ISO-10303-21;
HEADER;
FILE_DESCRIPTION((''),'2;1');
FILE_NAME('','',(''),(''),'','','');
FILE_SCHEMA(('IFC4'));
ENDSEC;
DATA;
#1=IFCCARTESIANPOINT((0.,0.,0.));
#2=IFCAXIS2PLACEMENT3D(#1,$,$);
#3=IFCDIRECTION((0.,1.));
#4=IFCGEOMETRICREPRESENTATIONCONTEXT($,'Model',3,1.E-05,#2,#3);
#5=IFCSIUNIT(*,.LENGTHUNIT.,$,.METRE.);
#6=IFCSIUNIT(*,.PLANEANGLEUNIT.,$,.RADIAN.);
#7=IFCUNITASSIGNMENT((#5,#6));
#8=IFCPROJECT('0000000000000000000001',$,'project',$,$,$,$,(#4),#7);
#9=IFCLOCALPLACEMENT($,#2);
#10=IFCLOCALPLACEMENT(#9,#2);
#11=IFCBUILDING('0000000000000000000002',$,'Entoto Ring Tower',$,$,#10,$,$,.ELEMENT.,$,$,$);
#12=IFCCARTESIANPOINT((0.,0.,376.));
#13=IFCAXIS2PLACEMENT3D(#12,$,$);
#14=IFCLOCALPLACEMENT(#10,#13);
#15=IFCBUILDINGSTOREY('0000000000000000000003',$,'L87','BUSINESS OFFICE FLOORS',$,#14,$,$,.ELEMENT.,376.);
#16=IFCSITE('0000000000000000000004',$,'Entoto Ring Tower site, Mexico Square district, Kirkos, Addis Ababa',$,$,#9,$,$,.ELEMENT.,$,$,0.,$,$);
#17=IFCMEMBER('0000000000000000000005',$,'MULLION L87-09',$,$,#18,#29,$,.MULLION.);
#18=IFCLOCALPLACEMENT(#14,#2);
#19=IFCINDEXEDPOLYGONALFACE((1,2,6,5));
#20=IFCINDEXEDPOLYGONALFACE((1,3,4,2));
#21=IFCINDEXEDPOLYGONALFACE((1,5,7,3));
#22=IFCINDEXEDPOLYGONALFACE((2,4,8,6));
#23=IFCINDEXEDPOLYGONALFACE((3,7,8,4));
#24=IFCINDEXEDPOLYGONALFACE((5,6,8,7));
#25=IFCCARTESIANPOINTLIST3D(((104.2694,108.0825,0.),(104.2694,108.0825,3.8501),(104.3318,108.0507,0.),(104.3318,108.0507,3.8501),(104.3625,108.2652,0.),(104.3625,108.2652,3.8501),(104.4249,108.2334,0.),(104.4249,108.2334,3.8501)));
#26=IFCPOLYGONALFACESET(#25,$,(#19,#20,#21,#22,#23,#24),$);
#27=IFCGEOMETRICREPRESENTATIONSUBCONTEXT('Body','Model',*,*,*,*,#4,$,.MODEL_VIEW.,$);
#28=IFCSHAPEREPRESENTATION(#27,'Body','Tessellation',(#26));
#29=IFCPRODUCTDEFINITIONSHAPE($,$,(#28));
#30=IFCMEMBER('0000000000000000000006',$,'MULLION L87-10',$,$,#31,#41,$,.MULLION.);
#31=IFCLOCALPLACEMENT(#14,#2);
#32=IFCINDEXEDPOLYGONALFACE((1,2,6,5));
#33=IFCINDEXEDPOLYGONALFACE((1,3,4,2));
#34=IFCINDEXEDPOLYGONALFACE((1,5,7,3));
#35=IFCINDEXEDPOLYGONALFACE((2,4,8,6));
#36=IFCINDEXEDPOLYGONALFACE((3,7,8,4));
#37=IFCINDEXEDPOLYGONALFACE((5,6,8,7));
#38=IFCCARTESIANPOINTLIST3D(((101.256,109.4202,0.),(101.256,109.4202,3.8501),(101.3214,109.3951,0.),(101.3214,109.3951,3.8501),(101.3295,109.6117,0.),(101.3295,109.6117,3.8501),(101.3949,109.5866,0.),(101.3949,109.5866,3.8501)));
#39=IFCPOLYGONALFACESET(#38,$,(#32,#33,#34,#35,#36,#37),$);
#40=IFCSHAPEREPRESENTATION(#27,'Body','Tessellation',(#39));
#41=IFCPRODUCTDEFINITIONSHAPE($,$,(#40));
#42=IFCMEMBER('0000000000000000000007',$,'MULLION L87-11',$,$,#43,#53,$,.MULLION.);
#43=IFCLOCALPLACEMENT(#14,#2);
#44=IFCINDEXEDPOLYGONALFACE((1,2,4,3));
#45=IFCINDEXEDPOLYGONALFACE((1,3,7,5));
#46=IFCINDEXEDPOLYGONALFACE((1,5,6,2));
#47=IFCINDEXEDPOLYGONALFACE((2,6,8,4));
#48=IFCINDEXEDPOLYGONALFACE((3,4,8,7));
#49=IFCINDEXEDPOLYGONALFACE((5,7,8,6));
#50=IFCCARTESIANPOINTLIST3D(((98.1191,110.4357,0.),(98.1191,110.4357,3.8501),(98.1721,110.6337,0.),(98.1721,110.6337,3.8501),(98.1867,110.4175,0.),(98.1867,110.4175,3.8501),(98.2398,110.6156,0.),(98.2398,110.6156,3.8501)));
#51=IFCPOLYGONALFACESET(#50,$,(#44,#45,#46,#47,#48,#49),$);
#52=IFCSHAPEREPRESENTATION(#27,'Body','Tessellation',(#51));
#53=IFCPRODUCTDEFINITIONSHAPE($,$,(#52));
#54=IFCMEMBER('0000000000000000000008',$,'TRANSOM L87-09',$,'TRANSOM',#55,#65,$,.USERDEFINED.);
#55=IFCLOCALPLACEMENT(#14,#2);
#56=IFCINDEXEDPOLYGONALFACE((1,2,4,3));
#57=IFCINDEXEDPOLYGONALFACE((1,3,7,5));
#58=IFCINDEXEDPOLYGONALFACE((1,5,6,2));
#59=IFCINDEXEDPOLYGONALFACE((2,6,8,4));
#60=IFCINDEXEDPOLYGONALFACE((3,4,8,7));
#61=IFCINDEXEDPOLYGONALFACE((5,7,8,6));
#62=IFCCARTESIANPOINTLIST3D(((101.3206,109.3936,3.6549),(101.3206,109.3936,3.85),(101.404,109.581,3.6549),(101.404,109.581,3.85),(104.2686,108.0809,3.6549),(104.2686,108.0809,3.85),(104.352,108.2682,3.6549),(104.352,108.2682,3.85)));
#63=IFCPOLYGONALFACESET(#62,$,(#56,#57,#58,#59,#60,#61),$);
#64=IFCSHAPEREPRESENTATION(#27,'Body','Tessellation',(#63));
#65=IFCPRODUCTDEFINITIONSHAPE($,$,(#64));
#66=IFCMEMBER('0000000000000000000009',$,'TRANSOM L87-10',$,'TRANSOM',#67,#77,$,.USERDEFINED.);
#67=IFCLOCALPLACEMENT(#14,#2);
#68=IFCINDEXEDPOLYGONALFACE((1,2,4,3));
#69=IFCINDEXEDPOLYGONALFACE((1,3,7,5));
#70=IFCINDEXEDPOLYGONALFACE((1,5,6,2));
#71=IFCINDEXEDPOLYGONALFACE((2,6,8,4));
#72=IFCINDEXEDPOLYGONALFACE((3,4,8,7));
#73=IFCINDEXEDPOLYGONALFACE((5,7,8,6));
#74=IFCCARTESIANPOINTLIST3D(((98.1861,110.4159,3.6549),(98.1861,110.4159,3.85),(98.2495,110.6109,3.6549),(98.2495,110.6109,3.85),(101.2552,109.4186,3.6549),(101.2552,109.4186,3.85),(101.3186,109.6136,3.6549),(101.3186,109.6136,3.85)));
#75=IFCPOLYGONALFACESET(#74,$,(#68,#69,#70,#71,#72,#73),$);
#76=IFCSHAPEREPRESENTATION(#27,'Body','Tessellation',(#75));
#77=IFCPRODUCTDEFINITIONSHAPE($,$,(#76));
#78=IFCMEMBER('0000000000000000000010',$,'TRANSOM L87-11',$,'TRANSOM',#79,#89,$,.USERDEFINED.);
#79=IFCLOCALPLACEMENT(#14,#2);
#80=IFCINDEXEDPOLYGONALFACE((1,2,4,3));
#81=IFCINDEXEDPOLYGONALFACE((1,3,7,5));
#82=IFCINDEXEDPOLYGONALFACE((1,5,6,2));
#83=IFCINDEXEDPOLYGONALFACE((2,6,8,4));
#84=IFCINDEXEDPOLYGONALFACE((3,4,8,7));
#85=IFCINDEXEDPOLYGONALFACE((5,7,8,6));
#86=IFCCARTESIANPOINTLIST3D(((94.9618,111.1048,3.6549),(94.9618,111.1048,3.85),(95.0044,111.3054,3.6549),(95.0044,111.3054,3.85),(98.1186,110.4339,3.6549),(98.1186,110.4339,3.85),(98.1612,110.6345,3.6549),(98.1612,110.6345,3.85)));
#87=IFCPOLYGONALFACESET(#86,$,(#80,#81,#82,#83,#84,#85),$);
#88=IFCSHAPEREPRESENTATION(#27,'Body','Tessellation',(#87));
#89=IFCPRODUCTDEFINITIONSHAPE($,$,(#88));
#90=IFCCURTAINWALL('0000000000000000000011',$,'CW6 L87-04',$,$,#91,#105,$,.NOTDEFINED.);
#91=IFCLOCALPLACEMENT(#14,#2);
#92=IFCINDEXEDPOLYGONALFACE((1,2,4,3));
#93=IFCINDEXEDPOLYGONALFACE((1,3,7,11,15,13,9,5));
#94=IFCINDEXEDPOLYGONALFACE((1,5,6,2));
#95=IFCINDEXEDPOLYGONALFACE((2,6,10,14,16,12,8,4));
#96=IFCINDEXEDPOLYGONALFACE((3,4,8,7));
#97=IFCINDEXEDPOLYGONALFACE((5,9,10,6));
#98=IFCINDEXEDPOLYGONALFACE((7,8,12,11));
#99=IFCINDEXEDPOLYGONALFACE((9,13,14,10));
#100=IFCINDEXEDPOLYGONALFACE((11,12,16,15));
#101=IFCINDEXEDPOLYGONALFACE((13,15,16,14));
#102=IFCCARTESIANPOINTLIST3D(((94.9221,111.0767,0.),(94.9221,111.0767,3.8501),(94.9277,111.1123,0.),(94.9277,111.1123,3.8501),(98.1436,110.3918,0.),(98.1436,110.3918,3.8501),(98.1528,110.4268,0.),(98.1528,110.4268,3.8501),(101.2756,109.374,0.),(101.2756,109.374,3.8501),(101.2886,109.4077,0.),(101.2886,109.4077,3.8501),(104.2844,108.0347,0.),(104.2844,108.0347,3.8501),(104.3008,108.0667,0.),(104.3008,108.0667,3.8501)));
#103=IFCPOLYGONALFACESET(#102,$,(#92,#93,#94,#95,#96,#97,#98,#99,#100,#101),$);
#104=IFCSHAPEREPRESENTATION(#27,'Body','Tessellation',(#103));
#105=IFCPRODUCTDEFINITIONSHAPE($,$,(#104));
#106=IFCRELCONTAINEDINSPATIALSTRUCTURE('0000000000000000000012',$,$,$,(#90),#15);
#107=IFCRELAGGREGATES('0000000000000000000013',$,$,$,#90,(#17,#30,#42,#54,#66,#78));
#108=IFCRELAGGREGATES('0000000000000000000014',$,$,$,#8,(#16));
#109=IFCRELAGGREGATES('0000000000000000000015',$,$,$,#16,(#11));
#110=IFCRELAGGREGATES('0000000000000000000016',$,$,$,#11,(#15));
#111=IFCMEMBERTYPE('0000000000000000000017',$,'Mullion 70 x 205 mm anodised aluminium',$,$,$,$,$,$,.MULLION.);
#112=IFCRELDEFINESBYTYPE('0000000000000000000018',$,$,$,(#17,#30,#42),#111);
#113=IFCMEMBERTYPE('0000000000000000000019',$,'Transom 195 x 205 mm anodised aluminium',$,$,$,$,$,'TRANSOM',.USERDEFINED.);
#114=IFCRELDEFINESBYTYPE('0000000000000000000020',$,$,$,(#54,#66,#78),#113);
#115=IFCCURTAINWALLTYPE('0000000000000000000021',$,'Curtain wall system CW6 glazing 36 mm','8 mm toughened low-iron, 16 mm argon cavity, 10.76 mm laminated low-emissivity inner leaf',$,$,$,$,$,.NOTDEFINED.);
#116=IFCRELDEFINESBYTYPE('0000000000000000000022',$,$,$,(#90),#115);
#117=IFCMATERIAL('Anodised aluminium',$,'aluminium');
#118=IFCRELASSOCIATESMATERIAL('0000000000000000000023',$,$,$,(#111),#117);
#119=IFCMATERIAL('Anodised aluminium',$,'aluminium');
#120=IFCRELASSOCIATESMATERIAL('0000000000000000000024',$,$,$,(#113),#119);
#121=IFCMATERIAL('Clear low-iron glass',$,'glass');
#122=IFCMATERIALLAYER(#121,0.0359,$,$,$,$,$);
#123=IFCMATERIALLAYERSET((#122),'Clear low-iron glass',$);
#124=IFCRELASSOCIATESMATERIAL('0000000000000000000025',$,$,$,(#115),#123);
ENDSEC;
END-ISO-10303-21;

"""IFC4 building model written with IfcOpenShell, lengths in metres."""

from ifc_helpers import new_model, si_unit, direction, frame, origin, origin_2d, place, context, subcontext, project, spatial, polyline, rectangle, outline, extrude, material, layer, layer_set, material_profile, profile_set, type_object, element, aggregate, save


model = new_model("IFC4")

# Units and contexts
model_context = context("Model", 3, precision=1e-05, world=origin(), true_north=direction((0.0, 1.0)))
body_context = subcontext(model_context, "Body", "Model", "MODEL_VIEW")
ifc_project = project(units=[si_unit("LENGTHUNIT", "METRE"), si_unit("PLANEANGLEUNIT", "RADIAN")], contexts=[model_context])

# Members
ifc_material_1 = material(Name="Anodised aluminium", Category="aluminium")
ifc_material_profile_1 = material_profile(ifc_material_1, rectangle(XDim=0.0701, YDim=0.2051, at=origin_2d()), Name="Mullion 70 x 205 mm anodised aluminium")
ifc_profile_set_1 = profile_set([ifc_material_profile_1], Name="Anodised aluminium")
member_type_1 = type_object("IfcMemberType", Name="Mullion 70 x 205 mm anodised aluminium", PredefinedType="MULLION", material=ifc_profile_set_1)
site_placement = place(None, origin())
building_placement = place(site_placement, origin())
storey_placement = place(building_placement, frame((0.0, 0.0, 376.0)))
member_1_placement = place(storey_placement, frame((104.3472, 108.158, 0.0), z_axis=(0.0, 0.0, 1.0), x_axis=(-0.891007, 0.45399, 0.0)))
member_1 = element("IfcMember", 1, at=member_1_placement, type_object=member_type_1, Name="MULLION L87-09", PredefinedType="MULLION", context=body_context, shape_type="SweptSolid", body=[
    extrude(rectangle(XDim=0.0701, YDim=0.2051, at=origin_2d()), origin(), (0.0, 0.0, 1.0), 3.8501),
])
member_2_placement = place(storey_placement, frame((101.3254, 109.5034, 0.0), z_axis=(0.0, 0.0, 1.0), x_axis=(-0.93358, 0.358368, 0.0)))
member_2 = element("IfcMember", 2, at=member_2_placement, type_object=member_type_1, Name="MULLION L87-10", PredefinedType="MULLION", context=body_context, shape_type="SweptSolid", body=[
    extrude(rectangle(XDim=0.0701, YDim=0.2051, at=origin_2d()), origin(), (0.0, 0.0, 1.0), 3.8501),
])
member_3_placement = place(storey_placement, frame((98.1794, 110.5256, 0.0), z_axis=(0.0, 0.0, 1.0), x_axis=(-0.965926, 0.258819, 0.0)))
member_3 = element("IfcMember", 3, at=member_3_placement, type_object=member_type_1, Name="MULLION L87-11", PredefinedType="MULLION", context=body_context, shape_type="SweptSolid", body=[
    extrude(rectangle(XDim=0.0701, YDim=0.2051, at=origin_2d()), origin(), (0.0, 0.0, 1.0), 3.8501),
])
ifc_material_2 = material(Name="Anodised aluminium", Category="aluminium")
ifc_material_profile_2 = material_profile(ifc_material_2, rectangle(XDim=0.2051, YDim=0.1951, at=origin_2d()), Name="Transom 195 x 205 mm anodised aluminium")
ifc_profile_set_2 = profile_set([ifc_material_profile_2], Name="Anodised aluminium")
member_type_2 = type_object("IfcMemberType", Name="Transom 195 x 205 mm anodised aluminium", ElementType="TRANSOM", PredefinedType="USERDEFINED", material=ifc_profile_set_2)
member_4_placement = place(storey_placement, frame((104.3103, 108.1746, 3.7524), z_axis=(-0.913521, 0.406791, 0.0), x_axis=(-0.406791, -0.913521, 0.0)))
member_4 = element("IfcMember", 4, at=member_4_placement, type_object=member_type_2, Name="TRANSOM L87-09", ObjectType="TRANSOM", PredefinedType="USERDEFINED", context=body_context, shape_type="SweptSolid", body=[
    extrude(rectangle(XDim=0.2051, YDim=0.1951, at=origin_2d()), origin(), (0.0, 0.0, 1.0), 3.2271),
])
member_5_placement = place(storey_placement, frame((101.2869, 109.5161, 3.7524), z_axis=(-0.951047, 0.309047, 0.0), x_axis=(-0.309047, -0.951047, 0.0)))
member_5 = element("IfcMember", 5, at=member_5_placement, type_object=member_type_2, Name="TRANSOM L87-10", ObjectType="TRANSOM", PredefinedType="USERDEFINED", context=body_context, shape_type="SweptSolid", body=[
    extrude(rectangle(XDim=0.2051, YDim=0.1951, at=origin_2d()), origin(), (0.0, 0.0, 1.0), 3.2271),
])
member_6_placement = place(storey_placement, frame((98.1399, 110.5342, 3.7524), z_axis=(-0.978153, 0.207886, 0.0), x_axis=(-0.207886, -0.978153, 0.0)))
member_6 = element("IfcMember", 6, at=member_6_placement, type_object=member_type_2, Name="TRANSOM L87-11", ObjectType="TRANSOM", PredefinedType="USERDEFINED", context=body_context, shape_type="SweptSolid", body=[
    extrude(rectangle(XDim=0.2051, YDim=0.1951, at=origin_2d()), origin(), (0.0, 0.0, 1.0), 3.2273),
])

# Site, building, storey
site = spatial("IfcSite", under=ifc_project, at=site_placement, Name="Entoto Ring Tower site, Mexico Square district, Kirkos, Addis Ababa", CompositionType="ELEMENT", RefElevation=0.0)
building = spatial("IfcBuilding", under=site, at=building_placement, Name="Entoto Ring Tower", CompositionType="ELEMENT")
storey = spatial("IfcBuildingStorey", under=building, at=storey_placement, Name="L87", Description="BUSINESS OFFICE FLOORS", CompositionType="ELEMENT", Elevation=376.0)

# Curtain wall
ifc_material_3 = material(Name="Clear low-iron glass", Category="glass")
ifc_layer = layer(ifc_material_3, 0.0359)
ifc_layer_set = layer_set([ifc_layer], Name="Clear low-iron glass")
curtain_wall_type = type_object("IfcCurtainWallType", Name="Curtain wall system CW6 glazing 36 mm", Description="8 mm toughened low-iron, 16 mm argon cavity, 10.76 mm laminated low-emissivity inner leaf", PredefinedType="NOTDEFINED", material=ifc_layer_set)
curtain_wall_1_placement = place(storey_placement, origin())
curtain_wall_1 = element("IfcCurtainWall", 7, at=curtain_wall_1_placement, inside=storey, type_object=curtain_wall_type, Name="CW6 L87-04", PredefinedType="NOTDEFINED", context=body_context, shape_type="SweptSolid", body=[
    extrude(outline(polyline([(104.3008, 108.0667), (101.2886, 109.4077), (98.1528, 110.4268), (94.9277, 111.1123), (94.9221, 111.0767), (98.1436, 110.3918), (101.2756, 109.374), (104.2844, 108.0347), (104.3008, 108.0667)])), origin(), (0.0, 0.0, 1.0), 3.8501),
])
aggregate(curtain_wall_1, [member_1, member_2, member_3, member_4, member_5, member_6])

save(model, "model.ifc")
